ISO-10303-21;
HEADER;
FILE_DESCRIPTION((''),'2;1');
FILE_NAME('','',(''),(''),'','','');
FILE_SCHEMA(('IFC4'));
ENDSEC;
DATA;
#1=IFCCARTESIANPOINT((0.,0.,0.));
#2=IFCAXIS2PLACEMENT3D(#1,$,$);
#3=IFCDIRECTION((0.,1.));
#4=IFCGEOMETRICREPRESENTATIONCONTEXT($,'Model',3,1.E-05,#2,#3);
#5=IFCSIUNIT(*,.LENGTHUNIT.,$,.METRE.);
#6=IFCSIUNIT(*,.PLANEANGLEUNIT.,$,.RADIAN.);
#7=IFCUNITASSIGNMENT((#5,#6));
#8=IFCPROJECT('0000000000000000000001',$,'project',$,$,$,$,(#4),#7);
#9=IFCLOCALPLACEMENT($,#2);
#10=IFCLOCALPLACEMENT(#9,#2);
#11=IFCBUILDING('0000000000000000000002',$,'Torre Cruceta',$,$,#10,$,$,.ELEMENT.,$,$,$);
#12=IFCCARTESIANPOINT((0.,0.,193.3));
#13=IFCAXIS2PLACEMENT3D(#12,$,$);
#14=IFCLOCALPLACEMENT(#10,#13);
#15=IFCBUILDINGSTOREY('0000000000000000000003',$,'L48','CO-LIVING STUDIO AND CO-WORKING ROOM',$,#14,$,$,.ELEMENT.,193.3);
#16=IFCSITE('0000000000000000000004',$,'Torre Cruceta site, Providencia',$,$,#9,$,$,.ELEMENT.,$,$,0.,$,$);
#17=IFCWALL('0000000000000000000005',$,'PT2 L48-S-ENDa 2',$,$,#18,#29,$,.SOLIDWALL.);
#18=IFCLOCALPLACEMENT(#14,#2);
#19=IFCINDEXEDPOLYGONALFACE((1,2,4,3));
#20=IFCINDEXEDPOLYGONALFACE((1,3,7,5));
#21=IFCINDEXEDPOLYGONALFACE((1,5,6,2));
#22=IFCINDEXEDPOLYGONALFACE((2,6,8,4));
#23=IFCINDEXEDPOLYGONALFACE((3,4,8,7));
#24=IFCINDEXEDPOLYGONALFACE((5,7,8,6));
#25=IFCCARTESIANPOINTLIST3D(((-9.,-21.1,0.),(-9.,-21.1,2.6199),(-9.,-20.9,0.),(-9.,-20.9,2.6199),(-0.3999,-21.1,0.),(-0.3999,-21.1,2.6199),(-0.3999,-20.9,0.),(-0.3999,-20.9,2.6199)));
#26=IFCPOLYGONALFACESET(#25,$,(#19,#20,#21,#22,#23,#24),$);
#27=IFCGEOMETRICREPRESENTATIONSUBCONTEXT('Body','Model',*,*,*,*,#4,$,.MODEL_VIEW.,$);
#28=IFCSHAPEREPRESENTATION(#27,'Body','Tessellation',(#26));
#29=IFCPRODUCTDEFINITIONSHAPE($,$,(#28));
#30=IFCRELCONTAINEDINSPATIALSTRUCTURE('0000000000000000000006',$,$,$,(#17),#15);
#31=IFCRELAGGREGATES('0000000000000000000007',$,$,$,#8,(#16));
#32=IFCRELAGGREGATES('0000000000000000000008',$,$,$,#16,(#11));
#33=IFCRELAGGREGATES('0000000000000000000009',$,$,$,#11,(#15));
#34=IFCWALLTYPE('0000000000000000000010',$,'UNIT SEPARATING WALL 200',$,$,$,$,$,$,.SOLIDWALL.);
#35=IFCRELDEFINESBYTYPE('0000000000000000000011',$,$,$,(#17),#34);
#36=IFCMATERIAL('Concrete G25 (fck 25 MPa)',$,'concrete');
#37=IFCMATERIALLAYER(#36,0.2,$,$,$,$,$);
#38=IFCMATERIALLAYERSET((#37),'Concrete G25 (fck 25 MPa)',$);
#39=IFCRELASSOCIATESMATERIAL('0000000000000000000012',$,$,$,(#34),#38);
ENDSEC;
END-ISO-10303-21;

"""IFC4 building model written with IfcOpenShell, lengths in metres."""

from ifc_helpers import new_model, si_unit, direction, frame, frame_2d, origin, place, context, subcontext, project, spatial, rectangle, extrude, material, layer, layer_set, type_object, element, save


model = new_model("IFC4")

# Units and contexts
model_context = context("Model", 3, precision=1e-05, world=origin(), true_north=direction((0.0, 1.0)))
body_context = subcontext(model_context, "Body", "Model", "MODEL_VIEW")
ifc_project = project(units=[si_unit("LENGTHUNIT", "METRE"), si_unit("PLANEANGLEUNIT", "RADIAN")], contexts=[model_context])

# Site, building, storey
site_placement = place(None, origin())
site = spatial("IfcSite", under=ifc_project, at=site_placement, Name="Torre Cruceta site, Providencia", CompositionType="ELEMENT", RefElevation=0.0)
building_placement = place(site_placement, origin())
building = spatial("IfcBuilding", under=site, at=building_placement, Name="Torre Cruceta", CompositionType="ELEMENT")
storey_placement = place(building_placement, frame((0.0, 0.0, 193.3)))
storey = spatial("IfcBuildingStorey", under=building, at=storey_placement, Name="L48", Description="CO-LIVING STUDIO AND CO-WORKING ROOM", CompositionType="ELEMENT", Elevation=193.3)

# Wall
ifc_material_1 = material(Name="Concrete G25 (fck 25 MPa)", Category="concrete")
ifc_layer_1 = layer(ifc_material_1, 0.2)
ifc_layer_set_1 = layer_set([ifc_layer_1], Name="Concrete G25 (fck 25 MPa)")
wall_type_1 = type_object("IfcWallType", Name="UNIT SEPARATING WALL 200", PredefinedType="SOLIDWALL", material=ifc_layer_set_1)
wall_1_placement = place(storey_placement, frame((-9.0, -21.0, 0.0), z_axis=(0.0, 0.0, 1.0), x_axis=(1.0, 0.0, 0.0)))
element("IfcWall", 1, at=wall_1_placement, inside=storey, type_object=wall_type_1, Name="PT2 L48-S-ENDa 2", PredefinedType="SOLIDWALL", context=body_context, shape_type="SweptSolid", body=[
    extrude(rectangle(XDim=8.6001, YDim=0.2, at=frame_2d((4.3, 0.0))), origin(), (0.0, 0.0, 1.0), 2.6199),
])

save(model, "model.ifc")
